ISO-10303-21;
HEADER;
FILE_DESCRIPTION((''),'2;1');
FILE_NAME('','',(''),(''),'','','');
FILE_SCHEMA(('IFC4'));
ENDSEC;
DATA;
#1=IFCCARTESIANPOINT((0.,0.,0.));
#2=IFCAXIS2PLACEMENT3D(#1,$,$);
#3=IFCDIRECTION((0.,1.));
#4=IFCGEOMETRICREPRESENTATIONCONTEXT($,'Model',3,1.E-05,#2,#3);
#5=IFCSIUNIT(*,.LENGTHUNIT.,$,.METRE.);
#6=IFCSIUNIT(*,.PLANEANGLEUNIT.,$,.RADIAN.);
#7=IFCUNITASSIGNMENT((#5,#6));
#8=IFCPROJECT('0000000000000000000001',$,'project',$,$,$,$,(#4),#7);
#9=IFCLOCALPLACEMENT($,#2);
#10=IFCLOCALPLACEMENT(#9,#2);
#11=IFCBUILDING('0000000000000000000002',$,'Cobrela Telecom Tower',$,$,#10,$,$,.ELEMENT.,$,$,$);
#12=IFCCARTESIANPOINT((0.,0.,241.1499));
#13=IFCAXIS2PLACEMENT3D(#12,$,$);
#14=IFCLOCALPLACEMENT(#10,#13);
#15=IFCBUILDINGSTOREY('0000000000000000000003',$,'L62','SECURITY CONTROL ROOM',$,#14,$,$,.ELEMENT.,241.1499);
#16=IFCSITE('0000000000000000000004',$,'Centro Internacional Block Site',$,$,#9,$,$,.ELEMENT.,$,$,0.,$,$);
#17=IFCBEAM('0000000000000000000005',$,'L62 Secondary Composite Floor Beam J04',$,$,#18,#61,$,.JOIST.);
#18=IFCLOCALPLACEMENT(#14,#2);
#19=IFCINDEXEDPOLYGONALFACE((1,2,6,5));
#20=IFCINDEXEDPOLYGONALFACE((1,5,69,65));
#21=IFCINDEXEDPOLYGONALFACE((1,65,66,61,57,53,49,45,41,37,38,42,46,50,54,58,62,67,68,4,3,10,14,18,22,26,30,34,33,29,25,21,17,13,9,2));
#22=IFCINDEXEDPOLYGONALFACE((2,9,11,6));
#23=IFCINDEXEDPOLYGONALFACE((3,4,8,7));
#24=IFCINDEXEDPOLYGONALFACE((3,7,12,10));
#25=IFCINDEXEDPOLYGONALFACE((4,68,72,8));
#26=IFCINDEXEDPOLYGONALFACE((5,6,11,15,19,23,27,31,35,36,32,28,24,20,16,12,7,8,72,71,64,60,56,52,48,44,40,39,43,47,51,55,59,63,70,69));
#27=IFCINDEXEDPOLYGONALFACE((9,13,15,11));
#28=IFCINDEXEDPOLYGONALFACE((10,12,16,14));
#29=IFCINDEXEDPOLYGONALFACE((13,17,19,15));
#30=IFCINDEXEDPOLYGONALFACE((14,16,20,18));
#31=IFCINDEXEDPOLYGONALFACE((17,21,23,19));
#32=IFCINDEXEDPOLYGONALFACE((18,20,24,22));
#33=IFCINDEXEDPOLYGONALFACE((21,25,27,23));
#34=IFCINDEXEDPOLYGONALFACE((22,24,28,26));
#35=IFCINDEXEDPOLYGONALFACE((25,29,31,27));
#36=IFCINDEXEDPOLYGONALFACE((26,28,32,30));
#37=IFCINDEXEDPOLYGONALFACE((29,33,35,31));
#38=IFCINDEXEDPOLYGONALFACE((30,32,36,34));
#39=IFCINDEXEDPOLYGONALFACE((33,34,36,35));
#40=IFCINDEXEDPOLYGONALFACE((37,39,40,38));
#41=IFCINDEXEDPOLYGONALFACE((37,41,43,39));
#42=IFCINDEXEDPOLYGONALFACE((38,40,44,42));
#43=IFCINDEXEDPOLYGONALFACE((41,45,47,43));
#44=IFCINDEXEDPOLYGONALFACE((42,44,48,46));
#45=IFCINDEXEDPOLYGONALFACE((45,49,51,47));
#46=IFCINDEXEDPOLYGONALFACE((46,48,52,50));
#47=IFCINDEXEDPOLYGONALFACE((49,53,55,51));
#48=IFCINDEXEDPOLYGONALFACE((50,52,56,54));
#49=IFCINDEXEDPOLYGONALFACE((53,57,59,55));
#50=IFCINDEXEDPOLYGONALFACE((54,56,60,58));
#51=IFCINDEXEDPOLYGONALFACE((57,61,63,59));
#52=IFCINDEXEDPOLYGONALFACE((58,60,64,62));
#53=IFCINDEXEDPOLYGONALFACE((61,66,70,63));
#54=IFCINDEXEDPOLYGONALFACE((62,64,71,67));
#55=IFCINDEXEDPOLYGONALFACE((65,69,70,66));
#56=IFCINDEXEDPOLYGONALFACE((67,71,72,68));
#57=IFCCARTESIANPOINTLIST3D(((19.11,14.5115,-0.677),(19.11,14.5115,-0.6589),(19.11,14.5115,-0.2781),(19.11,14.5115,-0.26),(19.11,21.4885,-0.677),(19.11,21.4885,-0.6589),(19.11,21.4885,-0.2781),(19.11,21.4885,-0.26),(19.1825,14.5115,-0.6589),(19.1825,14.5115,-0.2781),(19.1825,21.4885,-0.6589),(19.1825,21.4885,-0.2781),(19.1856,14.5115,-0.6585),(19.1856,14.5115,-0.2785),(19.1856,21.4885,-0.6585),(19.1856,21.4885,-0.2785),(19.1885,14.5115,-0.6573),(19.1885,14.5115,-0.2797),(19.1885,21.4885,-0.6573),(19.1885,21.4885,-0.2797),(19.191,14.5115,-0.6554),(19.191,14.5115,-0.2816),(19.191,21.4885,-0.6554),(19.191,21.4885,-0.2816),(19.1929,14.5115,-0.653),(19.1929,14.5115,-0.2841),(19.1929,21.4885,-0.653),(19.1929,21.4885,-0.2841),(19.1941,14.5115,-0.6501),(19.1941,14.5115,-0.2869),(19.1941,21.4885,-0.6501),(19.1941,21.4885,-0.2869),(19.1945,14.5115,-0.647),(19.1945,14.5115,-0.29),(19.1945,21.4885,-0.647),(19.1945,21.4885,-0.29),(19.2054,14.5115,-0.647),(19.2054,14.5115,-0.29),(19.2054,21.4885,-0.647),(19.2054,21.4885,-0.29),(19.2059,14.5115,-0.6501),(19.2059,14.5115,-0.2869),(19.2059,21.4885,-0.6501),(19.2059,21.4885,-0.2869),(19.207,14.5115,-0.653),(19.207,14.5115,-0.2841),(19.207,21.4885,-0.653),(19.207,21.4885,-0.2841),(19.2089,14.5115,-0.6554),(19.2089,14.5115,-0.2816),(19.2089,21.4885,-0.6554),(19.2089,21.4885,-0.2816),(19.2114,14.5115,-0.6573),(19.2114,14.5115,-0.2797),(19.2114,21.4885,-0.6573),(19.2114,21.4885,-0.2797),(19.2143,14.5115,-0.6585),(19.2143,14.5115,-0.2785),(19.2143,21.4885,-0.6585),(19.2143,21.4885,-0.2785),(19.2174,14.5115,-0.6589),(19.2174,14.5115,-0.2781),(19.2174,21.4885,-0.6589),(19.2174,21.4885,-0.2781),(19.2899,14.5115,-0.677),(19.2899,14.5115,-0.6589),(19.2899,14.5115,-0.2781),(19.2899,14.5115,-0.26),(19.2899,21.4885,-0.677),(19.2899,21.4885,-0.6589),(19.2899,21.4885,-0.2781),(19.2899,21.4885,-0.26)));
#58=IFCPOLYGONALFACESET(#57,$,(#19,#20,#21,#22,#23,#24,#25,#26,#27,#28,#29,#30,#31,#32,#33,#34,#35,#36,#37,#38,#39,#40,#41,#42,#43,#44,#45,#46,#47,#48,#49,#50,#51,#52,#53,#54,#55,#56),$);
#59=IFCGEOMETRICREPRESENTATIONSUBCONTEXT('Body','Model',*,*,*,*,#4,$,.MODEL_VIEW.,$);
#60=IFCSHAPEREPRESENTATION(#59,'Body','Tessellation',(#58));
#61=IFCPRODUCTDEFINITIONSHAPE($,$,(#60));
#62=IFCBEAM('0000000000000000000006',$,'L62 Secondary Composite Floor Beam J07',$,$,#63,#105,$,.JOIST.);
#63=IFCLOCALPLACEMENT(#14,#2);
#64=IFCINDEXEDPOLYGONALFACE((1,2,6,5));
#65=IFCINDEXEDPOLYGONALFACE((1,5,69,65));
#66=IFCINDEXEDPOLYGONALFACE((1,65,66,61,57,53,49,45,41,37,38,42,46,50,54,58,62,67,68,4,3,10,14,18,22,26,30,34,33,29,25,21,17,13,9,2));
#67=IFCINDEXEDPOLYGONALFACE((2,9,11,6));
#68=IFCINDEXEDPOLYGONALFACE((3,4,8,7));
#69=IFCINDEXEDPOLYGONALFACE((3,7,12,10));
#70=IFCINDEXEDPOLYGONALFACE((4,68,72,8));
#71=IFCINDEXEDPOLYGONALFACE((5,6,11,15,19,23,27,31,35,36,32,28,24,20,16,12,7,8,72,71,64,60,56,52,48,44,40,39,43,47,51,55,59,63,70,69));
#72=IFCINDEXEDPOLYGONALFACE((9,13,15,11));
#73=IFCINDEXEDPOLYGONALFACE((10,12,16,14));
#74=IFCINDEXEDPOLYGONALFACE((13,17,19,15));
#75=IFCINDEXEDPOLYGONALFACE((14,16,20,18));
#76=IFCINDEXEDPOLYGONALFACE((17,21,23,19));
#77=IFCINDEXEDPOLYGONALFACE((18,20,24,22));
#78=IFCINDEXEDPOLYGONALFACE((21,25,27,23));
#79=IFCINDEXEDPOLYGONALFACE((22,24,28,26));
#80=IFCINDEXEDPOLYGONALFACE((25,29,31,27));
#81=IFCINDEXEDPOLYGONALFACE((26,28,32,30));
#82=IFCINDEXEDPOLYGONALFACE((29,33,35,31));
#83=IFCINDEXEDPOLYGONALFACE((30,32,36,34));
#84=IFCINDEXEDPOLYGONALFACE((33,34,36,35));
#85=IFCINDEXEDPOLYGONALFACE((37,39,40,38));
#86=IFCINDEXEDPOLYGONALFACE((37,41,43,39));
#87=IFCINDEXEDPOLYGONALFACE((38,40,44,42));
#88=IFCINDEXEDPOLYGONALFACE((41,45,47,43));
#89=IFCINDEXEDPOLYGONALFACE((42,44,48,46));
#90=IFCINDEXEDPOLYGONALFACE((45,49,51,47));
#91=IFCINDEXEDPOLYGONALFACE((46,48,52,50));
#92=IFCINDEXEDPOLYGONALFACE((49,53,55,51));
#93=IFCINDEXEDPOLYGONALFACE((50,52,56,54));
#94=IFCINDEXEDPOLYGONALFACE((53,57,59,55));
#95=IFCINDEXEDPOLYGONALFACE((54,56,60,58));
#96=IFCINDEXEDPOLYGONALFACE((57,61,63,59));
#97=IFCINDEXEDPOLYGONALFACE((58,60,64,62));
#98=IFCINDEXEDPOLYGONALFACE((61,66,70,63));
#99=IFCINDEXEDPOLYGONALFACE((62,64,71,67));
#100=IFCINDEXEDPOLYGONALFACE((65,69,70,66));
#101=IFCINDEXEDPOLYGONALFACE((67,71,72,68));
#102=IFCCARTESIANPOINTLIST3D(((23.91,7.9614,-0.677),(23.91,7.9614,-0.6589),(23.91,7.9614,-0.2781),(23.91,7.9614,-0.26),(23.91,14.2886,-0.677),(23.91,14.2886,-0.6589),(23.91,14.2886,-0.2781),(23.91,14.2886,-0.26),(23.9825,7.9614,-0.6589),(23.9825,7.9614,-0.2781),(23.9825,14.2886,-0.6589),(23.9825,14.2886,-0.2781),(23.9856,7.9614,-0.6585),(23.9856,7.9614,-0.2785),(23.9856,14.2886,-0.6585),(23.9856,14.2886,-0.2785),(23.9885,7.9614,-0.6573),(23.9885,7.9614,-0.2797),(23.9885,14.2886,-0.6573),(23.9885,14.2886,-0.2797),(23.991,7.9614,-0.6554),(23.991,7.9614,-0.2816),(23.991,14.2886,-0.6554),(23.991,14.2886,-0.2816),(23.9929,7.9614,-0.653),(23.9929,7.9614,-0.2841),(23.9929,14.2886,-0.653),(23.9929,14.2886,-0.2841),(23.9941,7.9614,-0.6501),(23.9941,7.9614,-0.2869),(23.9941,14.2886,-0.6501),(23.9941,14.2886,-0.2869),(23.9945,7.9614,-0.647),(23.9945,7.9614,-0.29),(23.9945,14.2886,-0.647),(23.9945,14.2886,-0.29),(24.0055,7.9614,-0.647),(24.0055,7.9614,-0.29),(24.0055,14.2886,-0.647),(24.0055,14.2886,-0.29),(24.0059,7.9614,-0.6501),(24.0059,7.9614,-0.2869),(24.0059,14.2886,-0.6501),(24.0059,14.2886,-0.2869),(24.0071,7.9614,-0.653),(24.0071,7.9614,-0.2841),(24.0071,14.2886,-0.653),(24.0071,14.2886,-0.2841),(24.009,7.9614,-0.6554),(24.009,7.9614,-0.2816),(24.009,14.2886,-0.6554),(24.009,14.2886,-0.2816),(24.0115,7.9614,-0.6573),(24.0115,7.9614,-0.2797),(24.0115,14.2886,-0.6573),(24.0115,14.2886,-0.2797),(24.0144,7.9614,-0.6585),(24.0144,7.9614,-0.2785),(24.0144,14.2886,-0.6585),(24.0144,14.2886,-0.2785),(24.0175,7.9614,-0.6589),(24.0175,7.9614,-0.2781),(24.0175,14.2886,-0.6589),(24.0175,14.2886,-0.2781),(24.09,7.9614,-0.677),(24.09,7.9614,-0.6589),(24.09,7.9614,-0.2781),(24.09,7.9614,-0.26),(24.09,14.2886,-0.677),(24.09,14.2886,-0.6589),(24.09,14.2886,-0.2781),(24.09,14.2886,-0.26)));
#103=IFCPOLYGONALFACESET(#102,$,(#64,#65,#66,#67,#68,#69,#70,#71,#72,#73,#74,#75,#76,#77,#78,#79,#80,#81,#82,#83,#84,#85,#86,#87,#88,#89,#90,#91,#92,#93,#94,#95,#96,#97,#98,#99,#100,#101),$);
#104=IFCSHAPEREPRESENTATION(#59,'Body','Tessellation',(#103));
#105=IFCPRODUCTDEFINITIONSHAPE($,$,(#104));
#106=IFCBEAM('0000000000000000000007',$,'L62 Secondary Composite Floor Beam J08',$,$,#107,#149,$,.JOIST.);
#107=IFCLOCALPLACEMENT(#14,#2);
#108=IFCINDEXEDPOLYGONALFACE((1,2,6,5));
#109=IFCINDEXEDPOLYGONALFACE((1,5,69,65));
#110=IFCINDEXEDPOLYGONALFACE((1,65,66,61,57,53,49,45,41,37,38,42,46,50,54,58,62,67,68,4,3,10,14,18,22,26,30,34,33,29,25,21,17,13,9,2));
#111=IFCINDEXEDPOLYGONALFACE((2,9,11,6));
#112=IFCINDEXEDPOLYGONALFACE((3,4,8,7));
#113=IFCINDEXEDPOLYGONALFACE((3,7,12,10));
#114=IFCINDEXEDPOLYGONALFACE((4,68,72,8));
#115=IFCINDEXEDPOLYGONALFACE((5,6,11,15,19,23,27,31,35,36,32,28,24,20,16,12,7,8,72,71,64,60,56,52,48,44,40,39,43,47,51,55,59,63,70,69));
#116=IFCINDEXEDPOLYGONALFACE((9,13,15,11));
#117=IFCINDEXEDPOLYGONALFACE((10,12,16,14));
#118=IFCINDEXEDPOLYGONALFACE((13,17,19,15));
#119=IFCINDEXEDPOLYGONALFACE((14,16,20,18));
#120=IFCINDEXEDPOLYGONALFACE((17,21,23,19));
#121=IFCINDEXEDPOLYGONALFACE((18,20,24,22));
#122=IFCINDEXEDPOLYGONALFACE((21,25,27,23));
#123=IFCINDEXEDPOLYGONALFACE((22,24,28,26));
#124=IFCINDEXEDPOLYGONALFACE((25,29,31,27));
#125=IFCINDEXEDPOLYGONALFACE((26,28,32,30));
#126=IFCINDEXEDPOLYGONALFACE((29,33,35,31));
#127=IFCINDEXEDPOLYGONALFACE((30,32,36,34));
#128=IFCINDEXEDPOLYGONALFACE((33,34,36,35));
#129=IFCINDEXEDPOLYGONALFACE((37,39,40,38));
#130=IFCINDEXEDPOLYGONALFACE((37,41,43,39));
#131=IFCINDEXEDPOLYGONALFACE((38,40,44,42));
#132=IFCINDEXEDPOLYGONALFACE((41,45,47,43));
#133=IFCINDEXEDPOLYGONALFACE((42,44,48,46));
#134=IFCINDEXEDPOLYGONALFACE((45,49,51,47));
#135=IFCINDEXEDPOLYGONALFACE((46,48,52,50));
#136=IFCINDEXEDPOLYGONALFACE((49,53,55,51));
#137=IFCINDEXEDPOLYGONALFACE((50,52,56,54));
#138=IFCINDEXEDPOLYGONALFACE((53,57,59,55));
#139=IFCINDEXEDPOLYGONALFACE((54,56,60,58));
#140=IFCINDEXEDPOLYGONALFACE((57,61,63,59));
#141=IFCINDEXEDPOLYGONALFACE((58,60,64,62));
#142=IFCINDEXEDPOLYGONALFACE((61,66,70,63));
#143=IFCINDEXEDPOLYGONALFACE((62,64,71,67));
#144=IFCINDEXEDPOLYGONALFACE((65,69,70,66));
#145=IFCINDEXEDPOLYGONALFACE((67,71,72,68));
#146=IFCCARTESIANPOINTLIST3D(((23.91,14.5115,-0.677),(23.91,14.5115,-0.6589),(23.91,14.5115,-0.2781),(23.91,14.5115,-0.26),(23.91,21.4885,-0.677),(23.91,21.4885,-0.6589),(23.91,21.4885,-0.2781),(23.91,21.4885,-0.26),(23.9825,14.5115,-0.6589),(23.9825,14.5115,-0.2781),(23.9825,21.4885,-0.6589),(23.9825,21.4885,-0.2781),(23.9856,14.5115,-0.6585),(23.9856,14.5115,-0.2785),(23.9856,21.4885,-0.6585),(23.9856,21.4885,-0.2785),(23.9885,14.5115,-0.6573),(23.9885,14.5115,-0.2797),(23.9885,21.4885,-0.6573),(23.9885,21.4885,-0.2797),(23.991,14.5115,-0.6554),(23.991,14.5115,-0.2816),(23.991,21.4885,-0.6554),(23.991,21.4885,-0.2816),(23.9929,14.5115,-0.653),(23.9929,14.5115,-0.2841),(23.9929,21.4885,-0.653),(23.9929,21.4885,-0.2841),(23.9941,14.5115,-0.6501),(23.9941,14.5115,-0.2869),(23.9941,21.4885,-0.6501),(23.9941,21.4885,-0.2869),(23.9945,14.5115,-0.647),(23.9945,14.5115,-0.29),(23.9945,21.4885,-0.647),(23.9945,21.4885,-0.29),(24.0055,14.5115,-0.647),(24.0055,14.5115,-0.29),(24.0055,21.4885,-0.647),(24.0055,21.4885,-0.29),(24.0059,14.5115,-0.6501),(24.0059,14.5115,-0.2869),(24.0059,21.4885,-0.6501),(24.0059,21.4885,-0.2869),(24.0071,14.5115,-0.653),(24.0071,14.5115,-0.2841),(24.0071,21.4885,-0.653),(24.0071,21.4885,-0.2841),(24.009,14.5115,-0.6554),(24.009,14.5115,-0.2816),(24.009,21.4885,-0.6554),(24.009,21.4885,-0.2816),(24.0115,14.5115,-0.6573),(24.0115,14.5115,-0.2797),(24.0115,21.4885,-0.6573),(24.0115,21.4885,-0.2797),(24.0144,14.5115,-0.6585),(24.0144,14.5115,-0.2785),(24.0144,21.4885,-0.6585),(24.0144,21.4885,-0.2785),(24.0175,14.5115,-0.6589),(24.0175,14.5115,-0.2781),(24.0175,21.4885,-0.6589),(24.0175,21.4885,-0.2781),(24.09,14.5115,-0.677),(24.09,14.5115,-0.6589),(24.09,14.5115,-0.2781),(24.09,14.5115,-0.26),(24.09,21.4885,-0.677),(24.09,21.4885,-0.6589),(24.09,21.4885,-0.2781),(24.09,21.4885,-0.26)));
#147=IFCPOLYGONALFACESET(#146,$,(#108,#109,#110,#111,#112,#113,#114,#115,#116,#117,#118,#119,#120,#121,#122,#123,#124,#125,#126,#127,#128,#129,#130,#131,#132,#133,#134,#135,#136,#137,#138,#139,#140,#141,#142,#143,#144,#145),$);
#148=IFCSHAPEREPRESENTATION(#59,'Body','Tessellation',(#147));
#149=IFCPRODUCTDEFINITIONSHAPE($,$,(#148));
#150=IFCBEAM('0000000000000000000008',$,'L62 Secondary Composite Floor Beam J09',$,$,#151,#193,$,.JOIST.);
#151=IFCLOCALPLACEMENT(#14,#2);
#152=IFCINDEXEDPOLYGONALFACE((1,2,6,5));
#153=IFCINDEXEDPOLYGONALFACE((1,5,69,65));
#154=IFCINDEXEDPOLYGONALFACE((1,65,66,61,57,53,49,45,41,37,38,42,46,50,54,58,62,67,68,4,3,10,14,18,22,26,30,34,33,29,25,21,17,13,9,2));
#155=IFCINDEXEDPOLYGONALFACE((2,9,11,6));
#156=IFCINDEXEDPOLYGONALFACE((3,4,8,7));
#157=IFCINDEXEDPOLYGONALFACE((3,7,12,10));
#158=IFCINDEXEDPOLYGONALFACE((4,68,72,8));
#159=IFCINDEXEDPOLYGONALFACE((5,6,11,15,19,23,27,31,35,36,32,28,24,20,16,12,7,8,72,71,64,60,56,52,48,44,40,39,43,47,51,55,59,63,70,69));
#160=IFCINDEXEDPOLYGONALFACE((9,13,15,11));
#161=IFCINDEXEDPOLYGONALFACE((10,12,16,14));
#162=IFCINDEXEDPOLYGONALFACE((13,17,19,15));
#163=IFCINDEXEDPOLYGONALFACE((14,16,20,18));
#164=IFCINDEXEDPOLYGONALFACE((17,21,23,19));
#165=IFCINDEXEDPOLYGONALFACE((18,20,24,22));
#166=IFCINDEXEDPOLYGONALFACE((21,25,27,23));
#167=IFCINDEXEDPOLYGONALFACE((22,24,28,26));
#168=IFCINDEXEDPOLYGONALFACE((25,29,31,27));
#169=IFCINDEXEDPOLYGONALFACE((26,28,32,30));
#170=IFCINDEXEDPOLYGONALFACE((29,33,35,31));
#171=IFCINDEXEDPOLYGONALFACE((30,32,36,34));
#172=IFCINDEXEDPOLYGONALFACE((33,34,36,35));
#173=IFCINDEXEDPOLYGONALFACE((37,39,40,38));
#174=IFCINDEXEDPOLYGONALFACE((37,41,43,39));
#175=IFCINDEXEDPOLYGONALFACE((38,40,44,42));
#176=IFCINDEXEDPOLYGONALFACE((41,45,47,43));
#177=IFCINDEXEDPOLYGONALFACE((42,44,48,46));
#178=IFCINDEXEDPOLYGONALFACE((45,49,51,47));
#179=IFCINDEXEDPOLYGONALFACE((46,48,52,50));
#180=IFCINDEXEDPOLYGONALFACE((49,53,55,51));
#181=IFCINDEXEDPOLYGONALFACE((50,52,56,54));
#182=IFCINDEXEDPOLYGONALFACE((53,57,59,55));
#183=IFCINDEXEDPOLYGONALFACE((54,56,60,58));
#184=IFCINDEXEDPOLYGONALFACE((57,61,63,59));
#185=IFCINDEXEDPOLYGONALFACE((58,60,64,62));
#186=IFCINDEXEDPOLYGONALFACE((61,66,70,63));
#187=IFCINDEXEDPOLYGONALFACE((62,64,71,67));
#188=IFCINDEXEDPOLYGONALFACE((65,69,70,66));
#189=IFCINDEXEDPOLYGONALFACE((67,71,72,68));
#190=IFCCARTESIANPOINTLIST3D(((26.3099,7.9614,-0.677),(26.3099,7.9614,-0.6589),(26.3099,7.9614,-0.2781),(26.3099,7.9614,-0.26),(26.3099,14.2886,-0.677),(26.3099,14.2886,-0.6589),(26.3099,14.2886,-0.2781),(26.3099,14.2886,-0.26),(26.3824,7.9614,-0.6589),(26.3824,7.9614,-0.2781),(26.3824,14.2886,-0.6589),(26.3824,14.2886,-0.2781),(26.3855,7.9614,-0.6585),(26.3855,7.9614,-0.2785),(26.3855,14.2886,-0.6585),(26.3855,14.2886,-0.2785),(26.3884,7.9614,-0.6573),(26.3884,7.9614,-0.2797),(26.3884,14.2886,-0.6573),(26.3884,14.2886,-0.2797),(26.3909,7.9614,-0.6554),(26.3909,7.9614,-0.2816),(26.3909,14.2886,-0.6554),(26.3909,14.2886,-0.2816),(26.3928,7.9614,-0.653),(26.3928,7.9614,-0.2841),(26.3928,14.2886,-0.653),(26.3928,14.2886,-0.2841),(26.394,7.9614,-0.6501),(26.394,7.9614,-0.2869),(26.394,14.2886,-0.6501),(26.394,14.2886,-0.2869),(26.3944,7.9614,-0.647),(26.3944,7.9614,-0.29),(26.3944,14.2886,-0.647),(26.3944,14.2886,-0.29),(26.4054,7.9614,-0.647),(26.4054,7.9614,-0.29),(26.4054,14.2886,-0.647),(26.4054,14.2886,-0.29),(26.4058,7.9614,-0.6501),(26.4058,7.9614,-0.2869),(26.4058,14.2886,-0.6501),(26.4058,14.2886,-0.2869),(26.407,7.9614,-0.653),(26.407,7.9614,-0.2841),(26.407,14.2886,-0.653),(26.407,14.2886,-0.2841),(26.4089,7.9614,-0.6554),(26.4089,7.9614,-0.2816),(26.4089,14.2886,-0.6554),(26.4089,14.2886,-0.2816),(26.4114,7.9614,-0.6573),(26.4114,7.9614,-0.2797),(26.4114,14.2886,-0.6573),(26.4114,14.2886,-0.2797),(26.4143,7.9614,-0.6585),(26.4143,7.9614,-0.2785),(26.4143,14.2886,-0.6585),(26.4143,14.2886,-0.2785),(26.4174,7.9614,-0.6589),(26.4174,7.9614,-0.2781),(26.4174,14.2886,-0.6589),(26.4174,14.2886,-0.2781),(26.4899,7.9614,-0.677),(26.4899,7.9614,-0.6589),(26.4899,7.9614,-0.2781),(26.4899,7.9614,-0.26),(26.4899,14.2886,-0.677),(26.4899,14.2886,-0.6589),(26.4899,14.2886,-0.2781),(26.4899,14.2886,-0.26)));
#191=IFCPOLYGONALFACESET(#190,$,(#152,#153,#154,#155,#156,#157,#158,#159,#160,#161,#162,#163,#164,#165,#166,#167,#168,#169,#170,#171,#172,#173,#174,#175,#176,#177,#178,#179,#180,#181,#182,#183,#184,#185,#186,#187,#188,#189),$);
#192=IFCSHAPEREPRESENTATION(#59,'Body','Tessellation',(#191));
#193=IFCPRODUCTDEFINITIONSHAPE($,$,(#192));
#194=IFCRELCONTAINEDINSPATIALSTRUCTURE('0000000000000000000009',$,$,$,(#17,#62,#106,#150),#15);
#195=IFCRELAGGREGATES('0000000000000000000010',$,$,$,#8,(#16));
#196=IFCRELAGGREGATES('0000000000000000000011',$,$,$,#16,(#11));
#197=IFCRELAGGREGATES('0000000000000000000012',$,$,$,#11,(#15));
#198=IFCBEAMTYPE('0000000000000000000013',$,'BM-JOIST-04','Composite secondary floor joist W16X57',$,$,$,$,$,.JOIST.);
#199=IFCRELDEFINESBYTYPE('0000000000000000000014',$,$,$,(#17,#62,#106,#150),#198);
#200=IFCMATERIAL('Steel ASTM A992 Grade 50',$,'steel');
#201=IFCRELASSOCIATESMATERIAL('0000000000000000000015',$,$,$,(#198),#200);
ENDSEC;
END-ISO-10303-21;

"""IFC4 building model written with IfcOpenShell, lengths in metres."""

from ifc_helpers import new_model, si_unit, direction, frame, origin, origin_2d, place, context, subcontext, project, spatial, i_section, extrude, material, material_profile, profile_set, type_object, element, save


model = new_model("IFC4")

# Units and contexts
model_context = context("Model", 3, precision=1e-05, world=origin(), true_north=direction((0.0, 1.0)))
body_context = subcontext(model_context, "Body", "Model", "MODEL_VIEW")
ifc_project = project(units=[si_unit("LENGTHUNIT", "METRE"), si_unit("PLANEANGLEUNIT", "RADIAN")], contexts=[model_context])

# Site, building, storey
site_placement = place(None, origin())
site = spatial("IfcSite", under=ifc_project, at=site_placement, Name="Centro Internacional Block Site", CompositionType="ELEMENT", RefElevation=0.0)
building_placement = place(site_placement, origin())
building = spatial("IfcBuilding", under=site, at=building_placement, Name="Cobrela Telecom Tower", CompositionType="ELEMENT")
storey_placement = place(building_placement, frame((0.0, 0.0, 241.1499)))
storey = spatial("IfcBuildingStorey", under=building, at=storey_placement, Name="L62", Description="SECURITY CONTROL ROOM", CompositionType="ELEMENT", Elevation=241.1499)

# Shared definitions
ifc_material_1 = material(Name="Steel ASTM A992 Grade 50", Category="steel")

# Beams
ifc_material_profile_1 = material_profile(ifc_material_1, i_section(OverallWidth=0.1799, OverallDepth=0.417, WebThickness=0.011, FlangeThickness=0.0181, FilletRadius=0.012, at=origin_2d()), Name="W16X57")
ifc_profile_set_1 = profile_set([ifc_material_profile_1], Name="Steel ASTM A992 Grade 50")
beam_type_1 = type_object("IfcBeamType", Name="BM-JOIST-04", Description="Composite secondary floor joist W16X57", PredefinedType="JOIST", material=ifc_profile_set_1)
beam_1_placement = place(storey_placement, frame((19.2, 14.5115, -0.4685), z_axis=(0.0, 1.0, 0.0), x_axis=(-1.0, 0.0, 0.0)))
element("IfcBeam", 1, at=beam_1_placement, inside=storey, type_object=beam_type_1, Name="L62 Secondary Composite Floor Beam J04", PredefinedType="JOIST", context=body_context, shape_type="SweptSolid", body=[
    extrude(i_section(OverallWidth=0.1799, OverallDepth=0.417, WebThickness=0.011, FlangeThickness=0.0181, FilletRadius=0.012, at=origin_2d()), origin(), (0.0, 0.0, 1.0), 6.9771),
])
beam_2_placement = place(storey_placement, frame((24.0, 7.9614, -0.4685), z_axis=(0.0, 1.0, 0.0), x_axis=(-1.0, 0.0, 0.0)))
element("IfcBeam", 2, at=beam_2_placement, inside=storey, type_object=beam_type_1, Name="L62 Secondary Composite Floor Beam J07", PredefinedType="JOIST", context=body_context, shape_type="SweptSolid", body=[
    extrude(i_section(OverallWidth=0.1799, OverallDepth=0.417, WebThickness=0.011, FlangeThickness=0.0181, FilletRadius=0.012, at=origin_2d()), origin(), (0.0, 0.0, 1.0), 6.3271),
])
beam_3_placement = place(storey_placement, frame((24.0, 14.5115, -0.4685), z_axis=(0.0, 1.0, 0.0), x_axis=(-1.0, 0.0, 0.0)))
element("IfcBeam", 3, at=beam_3_placement, inside=storey, type_object=beam_type_1, Name="L62 Secondary Composite Floor Beam J08", PredefinedType="JOIST", context=body_context, shape_type="SweptSolid", body=[
    extrude(i_section(OverallWidth=0.1799, OverallDepth=0.417, WebThickness=0.011, FlangeThickness=0.0181, FilletRadius=0.012, at=origin_2d()), origin(), (0.0, 0.0, 1.0), 6.9771),
])
beam_4_placement = place(storey_placement, frame((26.3999, 7.9614, -0.4685), z_axis=(0.0, 1.0, 0.0), x_axis=(-1.0, 0.0, 0.0)))
element("IfcBeam", 4, at=beam_4_placement, inside=storey, type_object=beam_type_1, Name="L62 Secondary Composite Floor Beam J09", PredefinedType="JOIST", context=body_context, shape_type="SweptSolid", body=[
    extrude(i_section(OverallWidth=0.1799, OverallDepth=0.417, WebThickness=0.011, FlangeThickness=0.0181, FilletRadius=0.012, at=origin_2d()), origin(), (0.0, 0.0, 1.0), 6.3271),
])

save(model, "model.ifc")
